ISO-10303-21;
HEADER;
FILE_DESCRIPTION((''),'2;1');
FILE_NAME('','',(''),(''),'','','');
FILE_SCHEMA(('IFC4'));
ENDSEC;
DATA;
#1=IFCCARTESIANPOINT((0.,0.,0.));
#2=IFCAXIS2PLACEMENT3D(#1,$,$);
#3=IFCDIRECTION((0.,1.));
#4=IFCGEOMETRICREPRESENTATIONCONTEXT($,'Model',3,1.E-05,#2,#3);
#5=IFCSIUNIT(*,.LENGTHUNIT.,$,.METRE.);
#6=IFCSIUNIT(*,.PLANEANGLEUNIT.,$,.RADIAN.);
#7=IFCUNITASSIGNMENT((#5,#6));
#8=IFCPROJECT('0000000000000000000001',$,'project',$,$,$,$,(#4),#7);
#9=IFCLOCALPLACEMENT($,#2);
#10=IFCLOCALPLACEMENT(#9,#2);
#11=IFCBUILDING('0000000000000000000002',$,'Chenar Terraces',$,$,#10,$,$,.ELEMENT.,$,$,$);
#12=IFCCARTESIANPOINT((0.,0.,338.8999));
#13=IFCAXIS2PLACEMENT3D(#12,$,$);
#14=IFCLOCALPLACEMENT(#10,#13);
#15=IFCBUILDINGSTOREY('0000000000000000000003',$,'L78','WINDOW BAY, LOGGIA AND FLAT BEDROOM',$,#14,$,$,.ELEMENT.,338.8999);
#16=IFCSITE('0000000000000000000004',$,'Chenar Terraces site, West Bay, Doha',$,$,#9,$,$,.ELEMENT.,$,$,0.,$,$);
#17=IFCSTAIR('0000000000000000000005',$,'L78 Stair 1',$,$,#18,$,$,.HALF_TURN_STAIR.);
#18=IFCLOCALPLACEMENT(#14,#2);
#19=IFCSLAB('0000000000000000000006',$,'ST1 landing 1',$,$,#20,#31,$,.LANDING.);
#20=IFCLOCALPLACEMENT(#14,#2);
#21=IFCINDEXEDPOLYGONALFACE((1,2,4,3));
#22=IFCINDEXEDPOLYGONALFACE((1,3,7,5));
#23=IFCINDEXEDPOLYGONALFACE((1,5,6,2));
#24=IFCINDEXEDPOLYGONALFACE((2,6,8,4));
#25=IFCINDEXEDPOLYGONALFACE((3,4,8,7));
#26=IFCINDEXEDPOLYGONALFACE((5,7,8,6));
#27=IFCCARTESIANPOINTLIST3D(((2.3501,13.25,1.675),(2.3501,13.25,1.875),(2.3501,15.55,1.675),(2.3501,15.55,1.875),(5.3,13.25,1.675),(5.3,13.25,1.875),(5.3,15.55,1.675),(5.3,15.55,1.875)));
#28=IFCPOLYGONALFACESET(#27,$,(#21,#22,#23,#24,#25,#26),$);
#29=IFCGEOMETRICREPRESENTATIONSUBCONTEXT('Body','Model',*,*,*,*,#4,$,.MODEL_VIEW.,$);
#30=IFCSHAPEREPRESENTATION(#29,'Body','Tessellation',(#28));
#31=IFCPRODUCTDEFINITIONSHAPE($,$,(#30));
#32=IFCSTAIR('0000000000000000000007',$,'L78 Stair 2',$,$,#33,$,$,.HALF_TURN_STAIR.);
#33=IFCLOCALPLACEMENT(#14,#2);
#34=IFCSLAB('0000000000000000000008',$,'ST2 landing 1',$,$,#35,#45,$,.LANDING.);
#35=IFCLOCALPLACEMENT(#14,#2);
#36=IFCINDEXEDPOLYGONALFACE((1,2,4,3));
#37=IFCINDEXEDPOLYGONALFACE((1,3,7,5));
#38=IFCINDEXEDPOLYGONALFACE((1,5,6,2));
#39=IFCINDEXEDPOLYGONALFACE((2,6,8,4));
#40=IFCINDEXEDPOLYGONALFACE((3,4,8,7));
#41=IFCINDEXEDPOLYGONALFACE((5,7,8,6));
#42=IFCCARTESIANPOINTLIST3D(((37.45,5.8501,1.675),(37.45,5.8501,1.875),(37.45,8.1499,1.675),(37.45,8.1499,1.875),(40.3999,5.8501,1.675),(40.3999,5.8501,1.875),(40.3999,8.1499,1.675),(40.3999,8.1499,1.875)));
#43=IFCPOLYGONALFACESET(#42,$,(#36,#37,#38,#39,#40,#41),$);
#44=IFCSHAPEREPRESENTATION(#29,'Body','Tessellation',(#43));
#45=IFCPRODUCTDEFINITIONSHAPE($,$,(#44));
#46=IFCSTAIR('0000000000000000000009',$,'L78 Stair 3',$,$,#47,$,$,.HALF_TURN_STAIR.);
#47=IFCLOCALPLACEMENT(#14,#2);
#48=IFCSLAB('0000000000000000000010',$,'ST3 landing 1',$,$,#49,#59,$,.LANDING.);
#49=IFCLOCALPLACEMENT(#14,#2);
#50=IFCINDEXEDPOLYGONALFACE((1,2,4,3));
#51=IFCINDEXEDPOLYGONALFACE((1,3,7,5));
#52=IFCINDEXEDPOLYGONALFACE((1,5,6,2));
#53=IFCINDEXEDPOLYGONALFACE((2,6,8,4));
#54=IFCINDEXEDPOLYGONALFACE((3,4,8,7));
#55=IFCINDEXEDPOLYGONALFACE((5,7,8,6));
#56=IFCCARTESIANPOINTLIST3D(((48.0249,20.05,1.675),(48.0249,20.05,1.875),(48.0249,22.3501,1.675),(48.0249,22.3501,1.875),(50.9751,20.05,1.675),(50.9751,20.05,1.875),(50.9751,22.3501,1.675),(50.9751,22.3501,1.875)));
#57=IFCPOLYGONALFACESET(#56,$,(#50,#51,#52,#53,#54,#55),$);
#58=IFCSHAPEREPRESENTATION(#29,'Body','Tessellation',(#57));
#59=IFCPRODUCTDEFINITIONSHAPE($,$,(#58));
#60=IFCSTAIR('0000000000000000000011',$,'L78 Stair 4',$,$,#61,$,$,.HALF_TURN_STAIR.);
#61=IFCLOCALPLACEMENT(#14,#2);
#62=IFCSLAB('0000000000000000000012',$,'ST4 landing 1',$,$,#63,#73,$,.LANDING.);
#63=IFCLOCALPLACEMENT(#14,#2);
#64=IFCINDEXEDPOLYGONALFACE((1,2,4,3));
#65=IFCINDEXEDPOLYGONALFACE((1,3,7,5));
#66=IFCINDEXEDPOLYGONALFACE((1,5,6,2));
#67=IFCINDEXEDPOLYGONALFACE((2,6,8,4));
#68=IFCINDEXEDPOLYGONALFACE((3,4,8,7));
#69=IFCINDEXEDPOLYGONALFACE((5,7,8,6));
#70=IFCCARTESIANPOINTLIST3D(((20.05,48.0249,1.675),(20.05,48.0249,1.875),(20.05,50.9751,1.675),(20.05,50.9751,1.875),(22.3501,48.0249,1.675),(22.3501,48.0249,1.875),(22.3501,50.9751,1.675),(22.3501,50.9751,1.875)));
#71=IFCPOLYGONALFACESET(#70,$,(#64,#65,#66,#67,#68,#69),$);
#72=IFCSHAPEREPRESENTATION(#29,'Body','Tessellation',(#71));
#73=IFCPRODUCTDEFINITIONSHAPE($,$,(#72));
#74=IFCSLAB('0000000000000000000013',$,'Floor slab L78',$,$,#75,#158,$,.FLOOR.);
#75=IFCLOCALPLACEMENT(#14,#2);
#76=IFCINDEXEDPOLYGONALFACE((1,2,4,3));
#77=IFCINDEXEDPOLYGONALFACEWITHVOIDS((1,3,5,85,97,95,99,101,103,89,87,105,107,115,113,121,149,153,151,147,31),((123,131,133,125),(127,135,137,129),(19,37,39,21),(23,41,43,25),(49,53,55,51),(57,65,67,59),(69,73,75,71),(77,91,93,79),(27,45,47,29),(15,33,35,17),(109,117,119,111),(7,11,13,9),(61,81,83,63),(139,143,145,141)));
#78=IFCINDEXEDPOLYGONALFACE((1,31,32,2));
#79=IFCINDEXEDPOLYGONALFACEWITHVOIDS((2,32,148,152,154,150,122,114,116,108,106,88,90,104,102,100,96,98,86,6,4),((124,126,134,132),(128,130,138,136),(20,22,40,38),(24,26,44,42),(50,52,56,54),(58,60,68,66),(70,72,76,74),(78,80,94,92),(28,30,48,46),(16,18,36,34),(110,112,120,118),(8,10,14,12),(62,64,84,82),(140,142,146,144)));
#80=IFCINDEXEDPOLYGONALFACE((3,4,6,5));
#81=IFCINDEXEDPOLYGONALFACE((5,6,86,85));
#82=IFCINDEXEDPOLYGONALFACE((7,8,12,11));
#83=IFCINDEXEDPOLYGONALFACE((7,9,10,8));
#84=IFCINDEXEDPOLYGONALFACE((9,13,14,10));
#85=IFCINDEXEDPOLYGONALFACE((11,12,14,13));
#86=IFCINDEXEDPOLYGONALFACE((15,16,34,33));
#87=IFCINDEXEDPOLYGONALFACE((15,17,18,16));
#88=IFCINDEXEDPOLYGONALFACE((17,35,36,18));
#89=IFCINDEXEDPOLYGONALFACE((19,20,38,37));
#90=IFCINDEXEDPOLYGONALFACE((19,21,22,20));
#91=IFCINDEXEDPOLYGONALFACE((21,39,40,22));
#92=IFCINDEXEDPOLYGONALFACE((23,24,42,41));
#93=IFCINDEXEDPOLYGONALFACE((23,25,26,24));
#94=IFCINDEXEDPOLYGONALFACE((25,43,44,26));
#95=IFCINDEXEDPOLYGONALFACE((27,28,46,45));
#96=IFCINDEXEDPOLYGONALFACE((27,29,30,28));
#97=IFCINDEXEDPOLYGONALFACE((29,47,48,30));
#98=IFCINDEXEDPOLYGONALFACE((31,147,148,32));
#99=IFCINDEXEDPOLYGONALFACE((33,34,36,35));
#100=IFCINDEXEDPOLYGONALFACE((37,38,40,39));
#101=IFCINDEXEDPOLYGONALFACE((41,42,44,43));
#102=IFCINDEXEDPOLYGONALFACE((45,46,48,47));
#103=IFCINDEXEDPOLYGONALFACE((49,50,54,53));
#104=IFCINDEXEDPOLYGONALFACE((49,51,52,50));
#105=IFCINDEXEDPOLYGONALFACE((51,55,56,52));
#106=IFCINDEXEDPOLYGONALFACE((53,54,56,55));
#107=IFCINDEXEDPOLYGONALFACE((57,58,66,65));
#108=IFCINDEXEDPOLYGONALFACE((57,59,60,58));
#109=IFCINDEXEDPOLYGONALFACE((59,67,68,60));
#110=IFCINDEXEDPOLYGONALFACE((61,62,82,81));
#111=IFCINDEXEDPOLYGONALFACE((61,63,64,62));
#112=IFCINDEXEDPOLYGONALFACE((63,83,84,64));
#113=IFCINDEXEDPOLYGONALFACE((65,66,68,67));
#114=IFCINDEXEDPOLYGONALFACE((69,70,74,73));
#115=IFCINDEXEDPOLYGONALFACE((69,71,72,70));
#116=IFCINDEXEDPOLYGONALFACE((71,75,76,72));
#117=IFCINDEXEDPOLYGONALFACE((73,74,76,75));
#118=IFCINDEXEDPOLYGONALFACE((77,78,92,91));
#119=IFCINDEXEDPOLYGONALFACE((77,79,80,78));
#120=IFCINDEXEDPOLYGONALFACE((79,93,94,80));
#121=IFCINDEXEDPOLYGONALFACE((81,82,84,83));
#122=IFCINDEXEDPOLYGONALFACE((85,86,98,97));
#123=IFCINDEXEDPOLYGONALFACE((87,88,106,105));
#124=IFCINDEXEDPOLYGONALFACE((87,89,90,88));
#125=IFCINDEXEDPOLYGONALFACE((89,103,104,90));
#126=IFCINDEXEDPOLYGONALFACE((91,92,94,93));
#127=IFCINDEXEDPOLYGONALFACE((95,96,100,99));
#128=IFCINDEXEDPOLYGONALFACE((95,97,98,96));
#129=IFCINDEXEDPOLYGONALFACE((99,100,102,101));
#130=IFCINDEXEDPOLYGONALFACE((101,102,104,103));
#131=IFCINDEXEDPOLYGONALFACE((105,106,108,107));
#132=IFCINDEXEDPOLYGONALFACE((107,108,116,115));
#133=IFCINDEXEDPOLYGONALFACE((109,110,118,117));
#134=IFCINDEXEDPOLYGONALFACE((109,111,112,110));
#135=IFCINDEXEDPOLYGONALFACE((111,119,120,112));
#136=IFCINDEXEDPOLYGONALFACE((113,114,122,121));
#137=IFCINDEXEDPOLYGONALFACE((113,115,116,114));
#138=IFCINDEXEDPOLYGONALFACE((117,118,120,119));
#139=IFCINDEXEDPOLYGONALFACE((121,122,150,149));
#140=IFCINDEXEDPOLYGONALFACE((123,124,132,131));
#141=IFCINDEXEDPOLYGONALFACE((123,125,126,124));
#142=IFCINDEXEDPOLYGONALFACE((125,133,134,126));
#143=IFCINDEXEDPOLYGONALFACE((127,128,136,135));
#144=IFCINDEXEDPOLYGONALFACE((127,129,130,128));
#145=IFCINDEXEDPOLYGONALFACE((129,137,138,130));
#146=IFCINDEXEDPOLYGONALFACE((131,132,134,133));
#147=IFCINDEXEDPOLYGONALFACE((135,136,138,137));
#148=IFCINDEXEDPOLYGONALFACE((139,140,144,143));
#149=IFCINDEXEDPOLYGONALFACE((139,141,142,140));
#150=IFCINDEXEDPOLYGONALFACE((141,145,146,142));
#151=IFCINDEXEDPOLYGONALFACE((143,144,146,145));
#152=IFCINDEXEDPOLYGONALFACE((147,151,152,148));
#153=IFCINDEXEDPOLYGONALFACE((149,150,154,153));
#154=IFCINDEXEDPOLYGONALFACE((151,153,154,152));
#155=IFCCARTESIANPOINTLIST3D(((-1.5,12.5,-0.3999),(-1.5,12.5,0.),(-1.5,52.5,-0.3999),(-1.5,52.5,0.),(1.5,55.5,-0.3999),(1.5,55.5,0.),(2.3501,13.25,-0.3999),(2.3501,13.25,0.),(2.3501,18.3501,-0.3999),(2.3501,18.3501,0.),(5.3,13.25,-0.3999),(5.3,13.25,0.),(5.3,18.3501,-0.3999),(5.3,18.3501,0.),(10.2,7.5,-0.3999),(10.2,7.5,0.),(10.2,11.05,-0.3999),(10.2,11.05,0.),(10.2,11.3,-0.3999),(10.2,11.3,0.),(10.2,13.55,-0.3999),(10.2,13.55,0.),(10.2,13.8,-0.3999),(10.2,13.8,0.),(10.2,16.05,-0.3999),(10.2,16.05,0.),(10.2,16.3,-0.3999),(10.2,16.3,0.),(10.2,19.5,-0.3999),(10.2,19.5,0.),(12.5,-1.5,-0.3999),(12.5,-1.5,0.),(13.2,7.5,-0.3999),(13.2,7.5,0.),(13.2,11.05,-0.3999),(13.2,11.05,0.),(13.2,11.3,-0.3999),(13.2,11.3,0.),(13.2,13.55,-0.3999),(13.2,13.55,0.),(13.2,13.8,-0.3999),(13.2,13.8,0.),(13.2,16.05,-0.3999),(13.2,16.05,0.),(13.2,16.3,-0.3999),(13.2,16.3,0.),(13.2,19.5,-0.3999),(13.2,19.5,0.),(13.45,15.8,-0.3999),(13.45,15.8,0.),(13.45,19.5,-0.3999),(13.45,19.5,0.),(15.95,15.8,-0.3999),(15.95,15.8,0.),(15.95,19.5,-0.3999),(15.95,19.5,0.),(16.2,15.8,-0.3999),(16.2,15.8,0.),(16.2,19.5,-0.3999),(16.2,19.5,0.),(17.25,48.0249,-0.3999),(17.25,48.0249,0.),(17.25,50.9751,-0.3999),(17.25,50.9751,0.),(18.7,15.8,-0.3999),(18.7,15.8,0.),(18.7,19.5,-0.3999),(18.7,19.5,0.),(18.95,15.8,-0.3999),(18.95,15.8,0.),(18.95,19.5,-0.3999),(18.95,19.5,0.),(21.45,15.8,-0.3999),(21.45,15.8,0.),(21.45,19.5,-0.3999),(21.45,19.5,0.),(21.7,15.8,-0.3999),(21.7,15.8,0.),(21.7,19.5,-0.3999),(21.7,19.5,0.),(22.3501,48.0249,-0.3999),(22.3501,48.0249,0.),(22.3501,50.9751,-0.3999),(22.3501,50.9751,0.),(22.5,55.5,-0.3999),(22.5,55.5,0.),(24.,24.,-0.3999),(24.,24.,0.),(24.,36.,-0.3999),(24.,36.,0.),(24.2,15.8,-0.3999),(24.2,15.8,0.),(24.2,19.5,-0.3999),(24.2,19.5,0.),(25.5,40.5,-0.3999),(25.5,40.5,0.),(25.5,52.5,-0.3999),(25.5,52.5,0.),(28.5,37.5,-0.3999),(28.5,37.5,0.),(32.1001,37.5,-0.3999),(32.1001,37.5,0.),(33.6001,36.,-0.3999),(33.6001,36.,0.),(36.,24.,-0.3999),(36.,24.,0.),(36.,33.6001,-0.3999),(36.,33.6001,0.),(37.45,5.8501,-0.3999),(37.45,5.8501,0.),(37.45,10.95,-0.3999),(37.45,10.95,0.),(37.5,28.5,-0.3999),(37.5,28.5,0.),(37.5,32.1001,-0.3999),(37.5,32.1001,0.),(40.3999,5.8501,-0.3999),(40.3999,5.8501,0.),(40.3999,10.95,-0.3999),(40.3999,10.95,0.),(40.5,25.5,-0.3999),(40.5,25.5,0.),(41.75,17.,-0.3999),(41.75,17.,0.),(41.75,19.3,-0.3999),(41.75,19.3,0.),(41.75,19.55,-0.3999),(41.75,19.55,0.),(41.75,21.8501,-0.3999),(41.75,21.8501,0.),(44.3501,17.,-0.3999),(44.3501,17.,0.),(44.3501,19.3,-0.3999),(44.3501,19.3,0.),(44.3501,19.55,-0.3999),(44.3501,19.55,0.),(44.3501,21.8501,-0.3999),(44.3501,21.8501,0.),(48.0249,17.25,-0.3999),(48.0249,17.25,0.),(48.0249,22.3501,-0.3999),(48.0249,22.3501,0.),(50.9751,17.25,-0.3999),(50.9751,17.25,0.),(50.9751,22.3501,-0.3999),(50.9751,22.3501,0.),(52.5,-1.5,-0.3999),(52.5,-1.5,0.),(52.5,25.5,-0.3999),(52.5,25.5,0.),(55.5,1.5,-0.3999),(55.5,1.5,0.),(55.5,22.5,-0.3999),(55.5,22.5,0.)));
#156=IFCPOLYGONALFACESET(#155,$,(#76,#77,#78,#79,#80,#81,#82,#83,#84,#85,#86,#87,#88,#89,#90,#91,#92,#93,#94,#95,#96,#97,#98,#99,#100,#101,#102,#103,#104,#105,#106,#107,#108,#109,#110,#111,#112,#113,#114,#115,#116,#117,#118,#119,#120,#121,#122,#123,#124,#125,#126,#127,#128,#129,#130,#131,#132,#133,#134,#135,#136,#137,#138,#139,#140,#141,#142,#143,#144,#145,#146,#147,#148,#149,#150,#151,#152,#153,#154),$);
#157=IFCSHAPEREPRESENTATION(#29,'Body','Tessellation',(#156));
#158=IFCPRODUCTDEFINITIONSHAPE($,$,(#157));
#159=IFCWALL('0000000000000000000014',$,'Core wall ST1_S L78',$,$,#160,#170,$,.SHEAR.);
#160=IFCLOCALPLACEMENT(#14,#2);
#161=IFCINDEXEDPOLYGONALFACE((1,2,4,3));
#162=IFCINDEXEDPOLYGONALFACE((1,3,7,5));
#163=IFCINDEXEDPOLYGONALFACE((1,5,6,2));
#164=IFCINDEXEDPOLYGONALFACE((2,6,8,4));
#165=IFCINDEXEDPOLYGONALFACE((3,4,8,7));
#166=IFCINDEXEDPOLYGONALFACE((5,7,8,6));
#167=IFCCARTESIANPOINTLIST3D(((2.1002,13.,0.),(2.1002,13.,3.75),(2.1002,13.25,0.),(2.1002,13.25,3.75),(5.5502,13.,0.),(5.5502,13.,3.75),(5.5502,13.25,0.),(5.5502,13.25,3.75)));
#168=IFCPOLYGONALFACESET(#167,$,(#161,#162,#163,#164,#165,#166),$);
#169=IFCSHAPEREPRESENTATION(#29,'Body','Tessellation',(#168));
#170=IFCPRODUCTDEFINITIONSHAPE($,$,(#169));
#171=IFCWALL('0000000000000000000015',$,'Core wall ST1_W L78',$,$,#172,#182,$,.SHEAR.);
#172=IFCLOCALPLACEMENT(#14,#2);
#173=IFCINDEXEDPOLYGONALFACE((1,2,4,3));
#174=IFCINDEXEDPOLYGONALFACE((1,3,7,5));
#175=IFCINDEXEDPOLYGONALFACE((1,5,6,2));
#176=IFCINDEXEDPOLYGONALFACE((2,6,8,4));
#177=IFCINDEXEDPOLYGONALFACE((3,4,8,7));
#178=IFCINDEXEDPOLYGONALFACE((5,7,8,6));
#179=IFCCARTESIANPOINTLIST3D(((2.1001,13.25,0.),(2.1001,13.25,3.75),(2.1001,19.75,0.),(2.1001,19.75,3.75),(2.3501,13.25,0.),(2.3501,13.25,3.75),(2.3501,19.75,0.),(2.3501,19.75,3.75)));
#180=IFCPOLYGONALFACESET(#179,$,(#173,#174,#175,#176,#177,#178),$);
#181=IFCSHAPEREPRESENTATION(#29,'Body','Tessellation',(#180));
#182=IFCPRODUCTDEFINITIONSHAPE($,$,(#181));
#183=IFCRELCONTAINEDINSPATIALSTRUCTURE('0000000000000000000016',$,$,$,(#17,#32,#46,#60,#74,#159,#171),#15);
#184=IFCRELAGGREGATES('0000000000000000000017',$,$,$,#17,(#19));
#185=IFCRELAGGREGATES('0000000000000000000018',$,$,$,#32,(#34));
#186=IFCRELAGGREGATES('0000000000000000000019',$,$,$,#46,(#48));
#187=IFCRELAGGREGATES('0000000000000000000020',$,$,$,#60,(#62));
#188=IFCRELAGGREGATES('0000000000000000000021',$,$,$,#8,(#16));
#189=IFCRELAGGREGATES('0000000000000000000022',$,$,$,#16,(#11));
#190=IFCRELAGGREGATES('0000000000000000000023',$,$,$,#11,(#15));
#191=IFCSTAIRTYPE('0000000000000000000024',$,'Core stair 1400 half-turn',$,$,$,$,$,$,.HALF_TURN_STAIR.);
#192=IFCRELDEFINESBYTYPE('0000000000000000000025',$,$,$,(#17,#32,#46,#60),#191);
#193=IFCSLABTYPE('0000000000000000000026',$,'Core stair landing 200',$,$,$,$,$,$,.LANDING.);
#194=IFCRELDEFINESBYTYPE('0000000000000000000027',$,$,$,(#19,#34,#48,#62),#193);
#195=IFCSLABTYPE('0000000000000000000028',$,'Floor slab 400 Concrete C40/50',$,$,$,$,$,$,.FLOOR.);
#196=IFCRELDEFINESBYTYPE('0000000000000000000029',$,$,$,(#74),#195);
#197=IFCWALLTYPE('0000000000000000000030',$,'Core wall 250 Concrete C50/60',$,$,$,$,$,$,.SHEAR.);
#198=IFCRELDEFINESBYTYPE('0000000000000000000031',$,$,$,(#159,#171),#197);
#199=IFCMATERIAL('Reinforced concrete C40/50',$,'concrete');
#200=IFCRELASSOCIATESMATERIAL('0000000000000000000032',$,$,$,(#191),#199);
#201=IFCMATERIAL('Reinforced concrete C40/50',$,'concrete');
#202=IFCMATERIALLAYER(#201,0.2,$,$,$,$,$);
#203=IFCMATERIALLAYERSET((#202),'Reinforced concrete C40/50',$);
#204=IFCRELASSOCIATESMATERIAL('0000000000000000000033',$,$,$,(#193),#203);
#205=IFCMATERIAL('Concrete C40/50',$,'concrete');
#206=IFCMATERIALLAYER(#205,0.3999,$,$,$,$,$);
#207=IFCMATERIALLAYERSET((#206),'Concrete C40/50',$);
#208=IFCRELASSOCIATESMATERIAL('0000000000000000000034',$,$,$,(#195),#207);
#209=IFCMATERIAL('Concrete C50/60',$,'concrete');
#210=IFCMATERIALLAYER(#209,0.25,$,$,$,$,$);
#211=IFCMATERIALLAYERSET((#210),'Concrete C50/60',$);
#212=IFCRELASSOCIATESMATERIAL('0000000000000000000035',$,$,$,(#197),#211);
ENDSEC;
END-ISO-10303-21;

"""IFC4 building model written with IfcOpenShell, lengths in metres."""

from ifc_helpers import new_model, si_unit, direction, frame, frame_2d, origin, place, context, subcontext, project, spatial, polyline, rectangle, outline, extrude, material, layer, layer_set, type_object, element, aggregate, save


model = new_model("IFC4")

# Units and contexts
model_context = context("Model", 3, precision=1e-05, world=origin(), true_north=direction((0.0, 1.0)))
body_context = subcontext(model_context, "Body", "Model", "MODEL_VIEW")
ifc_project = project(units=[si_unit("LENGTHUNIT", "METRE"), si_unit("PLANEANGLEUNIT", "RADIAN")], contexts=[model_context])

# Site, building, storey
site_placement = place(None, origin())
site = spatial("IfcSite", under=ifc_project, at=site_placement, Name="Chenar Terraces site, West Bay, Doha", CompositionType="ELEMENT", RefElevation=0.0)
building_placement = place(site_placement, origin())
building = spatial("IfcBuilding", under=site, at=building_placement, Name="Chenar Terraces", CompositionType="ELEMENT")
storey_placement = place(building_placement, frame((0.0, 0.0, 338.8999)))
storey = spatial("IfcBuildingStorey", under=building, at=storey_placement, Name="L78", Description="WINDOW BAY, LOGGIA AND FLAT BEDROOM", CompositionType="ELEMENT", Elevation=338.8999)

# Stairs, slabs
ifc_material_1 = material(Name="Reinforced concrete C40/50", Category="concrete")
stair_type = type_object("IfcStairType", Name="Core stair 1400 half-turn", PredefinedType="HALF_TURN_STAIR", material=ifc_material_1)
placement_1 = place(storey_placement, origin())
stair_1 = element("IfcStair", 1, at=placement_1, inside=storey, type_object=stair_type, Name="L78 Stair 1", PredefinedType="HALF_TURN_STAIR")
ifc_material_2 = material(Name="Reinforced concrete C40/50", Category="concrete")
ifc_layer_1 = layer(ifc_material_2, 0.2)
ifc_layer_set_1 = layer_set([ifc_layer_1], Name="Reinforced concrete C40/50")
slab_type_1 = type_object("IfcSlabType", Name="Core stair landing 200", PredefinedType="LANDING", material=ifc_layer_set_1)
placement_2 = place(storey_placement, frame((0.0, 0.0, 1.675)))
slab_1 = element("IfcSlab", 2, at=placement_2, type_object=slab_type_1, Name="ST1 landing 1", PredefinedType="LANDING", context=body_context, shape_type="SweptSolid", body=[
    extrude(outline(polyline([(2.3501, 15.55), (2.3501, 13.25), (5.3, 13.25), (5.3, 15.55), (2.3501, 15.55)])), origin(), (0.0, 0.0, 1.0), 0.2),
])
aggregate(stair_1, [slab_1])
stair_2 = element("IfcStair", 3, at=placement_1, inside=storey, type_object=stair_type, Name="L78 Stair 2", PredefinedType="HALF_TURN_STAIR")
slab_2 = element("IfcSlab", 4, at=placement_2, type_object=slab_type_1, Name="ST2 landing 1", PredefinedType="LANDING", context=body_context, shape_type="SweptSolid", body=[
    extrude(outline(polyline([(37.45, 8.1499), (37.45, 5.8501), (40.3999, 5.8501), (40.3999, 8.1499), (37.45, 8.1499)])), origin(), (0.0, 0.0, 1.0), 0.2),
])
aggregate(stair_2, [slab_2])
stair_3 = element("IfcStair", 5, at=placement_1, inside=storey, type_object=stair_type, Name="L78 Stair 3", PredefinedType="HALF_TURN_STAIR")
slab_3 = element("IfcSlab", 6, at=placement_2, type_object=slab_type_1, Name="ST3 landing 1", PredefinedType="LANDING", context=body_context, shape_type="SweptSolid", body=[
    extrude(outline(polyline([(50.9751, 20.05), (50.9751, 22.3501), (48.0249, 22.3501), (48.0249, 20.05), (50.9751, 20.05)])), origin(), (0.0, 0.0, 1.0), 0.2),
])
aggregate(stair_3, [slab_3])
stair_4 = element("IfcStair", 7, at=placement_1, inside=storey, type_object=stair_type, Name="L78 Stair 4", PredefinedType="HALF_TURN_STAIR")
slab_4 = element("IfcSlab", 8, at=placement_2, type_object=slab_type_1, Name="ST4 landing 1", PredefinedType="LANDING", context=body_context, shape_type="SweptSolid", body=[
    extrude(outline(polyline([(20.05, 48.0249), (22.3501, 48.0249), (22.3501, 50.9751), (20.05, 50.9751), (20.05, 48.0249)])), origin(), (0.0, 0.0, 1.0), 0.2),
])
aggregate(stair_4, [slab_4])

# Slab
ifc_material_3 = material(Name="Concrete C40/50", Category="concrete")
ifc_layer_2 = layer(ifc_material_3, 0.3999)
ifc_layer_set_2 = layer_set([ifc_layer_2], Name="Concrete C40/50")
slab_type_2 = type_object("IfcSlabType", Name="Floor slab 400 Concrete C40/50", PredefinedType="FLOOR", material=ifc_layer_set_2)
slab_5_placement = place(storey_placement, frame((0.0, 0.0, -0.3999)))
element("IfcSlab", 9, at=slab_5_placement, inside=storey, type_object=slab_type_2, Name="Floor slab L78", PredefinedType="FLOOR", context=body_context, shape_type="SweptSolid", body=[
    extrude(outline(polyline([(55.5, 22.5), (55.5, 1.5), (52.5, -1.5), (12.5, -1.5), (-1.5, 12.5), (-1.5, 52.5), (1.5, 55.5), (22.5, 55.5), (25.5, 52.5), (25.5, 40.5), (28.5, 37.5), (32.1001, 37.5), (33.6001, 36.0), (24.0, 36.0), (24.0, 24.0), (36.0, 24.0), (36.0, 33.6001), (37.5, 32.1001), (37.5, 28.5), (40.5, 25.5), (52.5, 25.5), (55.5, 22.5)]), holes=[polyline([(10.2, 11.05), (10.2, 7.5), (13.2, 7.5), (13.2, 11.05), (10.2, 11.05)]), polyline([(13.2, 13.55), (10.2, 13.55), (10.2, 11.3), (13.2, 11.3), (13.2, 13.55)]), polyline([(13.2, 16.05), (10.2, 16.05), (10.2, 13.8), (13.2, 13.8), (13.2, 16.05)]), polyline([(2.3501, 13.25), (5.3, 13.25), (5.3, 18.3501), (2.3501, 18.3501), (2.3501, 13.25)]), polyline([(15.95, 19.5), (13.45, 19.5), (13.45, 15.8), (15.95, 15.8), (15.95, 19.5)]), polyline([(18.7, 19.5), (16.2, 19.5), (16.2, 15.8), (18.7, 15.8), (18.7, 19.5)]), polyline([(13.2, 19.5), (10.2, 19.5), (10.2, 16.3), (13.2, 16.3), (13.2, 19.5)]), polyline([(22.3501, 48.0249), (22.3501, 50.9751), (17.25, 50.9751), (17.25, 48.0249), (22.3501, 48.0249)]), polyline([(37.45, 5.8501), (40.3999, 5.8501), (40.3999, 10.95), (37.45, 10.95), (37.45, 5.8501)]), polyline([(21.45, 19.5), (18.95, 19.5), (18.95, 15.8), (21.45, 15.8), (21.45, 19.5)]), polyline([(24.2, 19.5), (21.7, 19.5), (21.7, 15.8), (24.2, 15.8), (24.2, 19.5)]), polyline([(44.3501, 19.3), (41.75, 19.3), (41.75, 17.0), (44.3501, 17.0), (44.3501, 19.3)]), polyline([(50.9751, 22.3501), (48.0249, 22.3501), (48.0249, 17.25), (50.9751, 17.25), (50.9751, 22.3501)]), polyline([(44.3501, 21.8501), (41.75, 21.8501), (41.75, 19.55), (44.3501, 19.55), (44.3501, 21.8501)])]), origin(), (0.0, 0.0, 1.0), 0.3999),
])

# Walls
ifc_material_4 = material(Name="Concrete C50/60", Category="concrete")
ifc_layer_3 = layer(ifc_material_4, 0.25)
ifc_layer_set_3 = layer_set([ifc_layer_3], Name="Concrete C50/60")
wall_type_1 = type_object("IfcWallType", Name="Core wall 250 Concrete C50/60", PredefinedType="SHEAR", material=ifc_layer_set_3)
wall_1_placement = place(storey_placement, frame((2.1001, 13.125, 0.0), z_axis=(0.0, 0.0, 1.0), x_axis=(1.0, 0.0, 0.0)))
element("IfcWall", 10, at=wall_1_placement, inside=storey, type_object=wall_type_1, Name="Core wall ST1_S L78", PredefinedType="SHEAR", context=body_context, shape_type="SweptSolid", body=[
    extrude(rectangle(XDim=3.45, YDim=0.25, at=frame_2d((1.7251, 0.0))), origin(), (0.0, 0.0, 1.0), 3.75),
])
wall_2_placement = place(storey_placement, frame((2.2251, 13.25, 0.0), z_axis=(0.0, 0.0, 1.0), x_axis=(0.0, 1.0, 0.0)))
element("IfcWall", 11, at=wall_2_placement, inside=storey, type_object=wall_type_1, Name="Core wall ST1_W L78", PredefinedType="SHEAR", context=body_context, shape_type="SweptSolid", body=[
    extrude(rectangle(XDim=6.5, YDim=0.25, at=frame_2d((3.25, 0.0))), origin(), (0.0, 0.0, 1.0), 3.75),
])

save(model, "model.ifc")
